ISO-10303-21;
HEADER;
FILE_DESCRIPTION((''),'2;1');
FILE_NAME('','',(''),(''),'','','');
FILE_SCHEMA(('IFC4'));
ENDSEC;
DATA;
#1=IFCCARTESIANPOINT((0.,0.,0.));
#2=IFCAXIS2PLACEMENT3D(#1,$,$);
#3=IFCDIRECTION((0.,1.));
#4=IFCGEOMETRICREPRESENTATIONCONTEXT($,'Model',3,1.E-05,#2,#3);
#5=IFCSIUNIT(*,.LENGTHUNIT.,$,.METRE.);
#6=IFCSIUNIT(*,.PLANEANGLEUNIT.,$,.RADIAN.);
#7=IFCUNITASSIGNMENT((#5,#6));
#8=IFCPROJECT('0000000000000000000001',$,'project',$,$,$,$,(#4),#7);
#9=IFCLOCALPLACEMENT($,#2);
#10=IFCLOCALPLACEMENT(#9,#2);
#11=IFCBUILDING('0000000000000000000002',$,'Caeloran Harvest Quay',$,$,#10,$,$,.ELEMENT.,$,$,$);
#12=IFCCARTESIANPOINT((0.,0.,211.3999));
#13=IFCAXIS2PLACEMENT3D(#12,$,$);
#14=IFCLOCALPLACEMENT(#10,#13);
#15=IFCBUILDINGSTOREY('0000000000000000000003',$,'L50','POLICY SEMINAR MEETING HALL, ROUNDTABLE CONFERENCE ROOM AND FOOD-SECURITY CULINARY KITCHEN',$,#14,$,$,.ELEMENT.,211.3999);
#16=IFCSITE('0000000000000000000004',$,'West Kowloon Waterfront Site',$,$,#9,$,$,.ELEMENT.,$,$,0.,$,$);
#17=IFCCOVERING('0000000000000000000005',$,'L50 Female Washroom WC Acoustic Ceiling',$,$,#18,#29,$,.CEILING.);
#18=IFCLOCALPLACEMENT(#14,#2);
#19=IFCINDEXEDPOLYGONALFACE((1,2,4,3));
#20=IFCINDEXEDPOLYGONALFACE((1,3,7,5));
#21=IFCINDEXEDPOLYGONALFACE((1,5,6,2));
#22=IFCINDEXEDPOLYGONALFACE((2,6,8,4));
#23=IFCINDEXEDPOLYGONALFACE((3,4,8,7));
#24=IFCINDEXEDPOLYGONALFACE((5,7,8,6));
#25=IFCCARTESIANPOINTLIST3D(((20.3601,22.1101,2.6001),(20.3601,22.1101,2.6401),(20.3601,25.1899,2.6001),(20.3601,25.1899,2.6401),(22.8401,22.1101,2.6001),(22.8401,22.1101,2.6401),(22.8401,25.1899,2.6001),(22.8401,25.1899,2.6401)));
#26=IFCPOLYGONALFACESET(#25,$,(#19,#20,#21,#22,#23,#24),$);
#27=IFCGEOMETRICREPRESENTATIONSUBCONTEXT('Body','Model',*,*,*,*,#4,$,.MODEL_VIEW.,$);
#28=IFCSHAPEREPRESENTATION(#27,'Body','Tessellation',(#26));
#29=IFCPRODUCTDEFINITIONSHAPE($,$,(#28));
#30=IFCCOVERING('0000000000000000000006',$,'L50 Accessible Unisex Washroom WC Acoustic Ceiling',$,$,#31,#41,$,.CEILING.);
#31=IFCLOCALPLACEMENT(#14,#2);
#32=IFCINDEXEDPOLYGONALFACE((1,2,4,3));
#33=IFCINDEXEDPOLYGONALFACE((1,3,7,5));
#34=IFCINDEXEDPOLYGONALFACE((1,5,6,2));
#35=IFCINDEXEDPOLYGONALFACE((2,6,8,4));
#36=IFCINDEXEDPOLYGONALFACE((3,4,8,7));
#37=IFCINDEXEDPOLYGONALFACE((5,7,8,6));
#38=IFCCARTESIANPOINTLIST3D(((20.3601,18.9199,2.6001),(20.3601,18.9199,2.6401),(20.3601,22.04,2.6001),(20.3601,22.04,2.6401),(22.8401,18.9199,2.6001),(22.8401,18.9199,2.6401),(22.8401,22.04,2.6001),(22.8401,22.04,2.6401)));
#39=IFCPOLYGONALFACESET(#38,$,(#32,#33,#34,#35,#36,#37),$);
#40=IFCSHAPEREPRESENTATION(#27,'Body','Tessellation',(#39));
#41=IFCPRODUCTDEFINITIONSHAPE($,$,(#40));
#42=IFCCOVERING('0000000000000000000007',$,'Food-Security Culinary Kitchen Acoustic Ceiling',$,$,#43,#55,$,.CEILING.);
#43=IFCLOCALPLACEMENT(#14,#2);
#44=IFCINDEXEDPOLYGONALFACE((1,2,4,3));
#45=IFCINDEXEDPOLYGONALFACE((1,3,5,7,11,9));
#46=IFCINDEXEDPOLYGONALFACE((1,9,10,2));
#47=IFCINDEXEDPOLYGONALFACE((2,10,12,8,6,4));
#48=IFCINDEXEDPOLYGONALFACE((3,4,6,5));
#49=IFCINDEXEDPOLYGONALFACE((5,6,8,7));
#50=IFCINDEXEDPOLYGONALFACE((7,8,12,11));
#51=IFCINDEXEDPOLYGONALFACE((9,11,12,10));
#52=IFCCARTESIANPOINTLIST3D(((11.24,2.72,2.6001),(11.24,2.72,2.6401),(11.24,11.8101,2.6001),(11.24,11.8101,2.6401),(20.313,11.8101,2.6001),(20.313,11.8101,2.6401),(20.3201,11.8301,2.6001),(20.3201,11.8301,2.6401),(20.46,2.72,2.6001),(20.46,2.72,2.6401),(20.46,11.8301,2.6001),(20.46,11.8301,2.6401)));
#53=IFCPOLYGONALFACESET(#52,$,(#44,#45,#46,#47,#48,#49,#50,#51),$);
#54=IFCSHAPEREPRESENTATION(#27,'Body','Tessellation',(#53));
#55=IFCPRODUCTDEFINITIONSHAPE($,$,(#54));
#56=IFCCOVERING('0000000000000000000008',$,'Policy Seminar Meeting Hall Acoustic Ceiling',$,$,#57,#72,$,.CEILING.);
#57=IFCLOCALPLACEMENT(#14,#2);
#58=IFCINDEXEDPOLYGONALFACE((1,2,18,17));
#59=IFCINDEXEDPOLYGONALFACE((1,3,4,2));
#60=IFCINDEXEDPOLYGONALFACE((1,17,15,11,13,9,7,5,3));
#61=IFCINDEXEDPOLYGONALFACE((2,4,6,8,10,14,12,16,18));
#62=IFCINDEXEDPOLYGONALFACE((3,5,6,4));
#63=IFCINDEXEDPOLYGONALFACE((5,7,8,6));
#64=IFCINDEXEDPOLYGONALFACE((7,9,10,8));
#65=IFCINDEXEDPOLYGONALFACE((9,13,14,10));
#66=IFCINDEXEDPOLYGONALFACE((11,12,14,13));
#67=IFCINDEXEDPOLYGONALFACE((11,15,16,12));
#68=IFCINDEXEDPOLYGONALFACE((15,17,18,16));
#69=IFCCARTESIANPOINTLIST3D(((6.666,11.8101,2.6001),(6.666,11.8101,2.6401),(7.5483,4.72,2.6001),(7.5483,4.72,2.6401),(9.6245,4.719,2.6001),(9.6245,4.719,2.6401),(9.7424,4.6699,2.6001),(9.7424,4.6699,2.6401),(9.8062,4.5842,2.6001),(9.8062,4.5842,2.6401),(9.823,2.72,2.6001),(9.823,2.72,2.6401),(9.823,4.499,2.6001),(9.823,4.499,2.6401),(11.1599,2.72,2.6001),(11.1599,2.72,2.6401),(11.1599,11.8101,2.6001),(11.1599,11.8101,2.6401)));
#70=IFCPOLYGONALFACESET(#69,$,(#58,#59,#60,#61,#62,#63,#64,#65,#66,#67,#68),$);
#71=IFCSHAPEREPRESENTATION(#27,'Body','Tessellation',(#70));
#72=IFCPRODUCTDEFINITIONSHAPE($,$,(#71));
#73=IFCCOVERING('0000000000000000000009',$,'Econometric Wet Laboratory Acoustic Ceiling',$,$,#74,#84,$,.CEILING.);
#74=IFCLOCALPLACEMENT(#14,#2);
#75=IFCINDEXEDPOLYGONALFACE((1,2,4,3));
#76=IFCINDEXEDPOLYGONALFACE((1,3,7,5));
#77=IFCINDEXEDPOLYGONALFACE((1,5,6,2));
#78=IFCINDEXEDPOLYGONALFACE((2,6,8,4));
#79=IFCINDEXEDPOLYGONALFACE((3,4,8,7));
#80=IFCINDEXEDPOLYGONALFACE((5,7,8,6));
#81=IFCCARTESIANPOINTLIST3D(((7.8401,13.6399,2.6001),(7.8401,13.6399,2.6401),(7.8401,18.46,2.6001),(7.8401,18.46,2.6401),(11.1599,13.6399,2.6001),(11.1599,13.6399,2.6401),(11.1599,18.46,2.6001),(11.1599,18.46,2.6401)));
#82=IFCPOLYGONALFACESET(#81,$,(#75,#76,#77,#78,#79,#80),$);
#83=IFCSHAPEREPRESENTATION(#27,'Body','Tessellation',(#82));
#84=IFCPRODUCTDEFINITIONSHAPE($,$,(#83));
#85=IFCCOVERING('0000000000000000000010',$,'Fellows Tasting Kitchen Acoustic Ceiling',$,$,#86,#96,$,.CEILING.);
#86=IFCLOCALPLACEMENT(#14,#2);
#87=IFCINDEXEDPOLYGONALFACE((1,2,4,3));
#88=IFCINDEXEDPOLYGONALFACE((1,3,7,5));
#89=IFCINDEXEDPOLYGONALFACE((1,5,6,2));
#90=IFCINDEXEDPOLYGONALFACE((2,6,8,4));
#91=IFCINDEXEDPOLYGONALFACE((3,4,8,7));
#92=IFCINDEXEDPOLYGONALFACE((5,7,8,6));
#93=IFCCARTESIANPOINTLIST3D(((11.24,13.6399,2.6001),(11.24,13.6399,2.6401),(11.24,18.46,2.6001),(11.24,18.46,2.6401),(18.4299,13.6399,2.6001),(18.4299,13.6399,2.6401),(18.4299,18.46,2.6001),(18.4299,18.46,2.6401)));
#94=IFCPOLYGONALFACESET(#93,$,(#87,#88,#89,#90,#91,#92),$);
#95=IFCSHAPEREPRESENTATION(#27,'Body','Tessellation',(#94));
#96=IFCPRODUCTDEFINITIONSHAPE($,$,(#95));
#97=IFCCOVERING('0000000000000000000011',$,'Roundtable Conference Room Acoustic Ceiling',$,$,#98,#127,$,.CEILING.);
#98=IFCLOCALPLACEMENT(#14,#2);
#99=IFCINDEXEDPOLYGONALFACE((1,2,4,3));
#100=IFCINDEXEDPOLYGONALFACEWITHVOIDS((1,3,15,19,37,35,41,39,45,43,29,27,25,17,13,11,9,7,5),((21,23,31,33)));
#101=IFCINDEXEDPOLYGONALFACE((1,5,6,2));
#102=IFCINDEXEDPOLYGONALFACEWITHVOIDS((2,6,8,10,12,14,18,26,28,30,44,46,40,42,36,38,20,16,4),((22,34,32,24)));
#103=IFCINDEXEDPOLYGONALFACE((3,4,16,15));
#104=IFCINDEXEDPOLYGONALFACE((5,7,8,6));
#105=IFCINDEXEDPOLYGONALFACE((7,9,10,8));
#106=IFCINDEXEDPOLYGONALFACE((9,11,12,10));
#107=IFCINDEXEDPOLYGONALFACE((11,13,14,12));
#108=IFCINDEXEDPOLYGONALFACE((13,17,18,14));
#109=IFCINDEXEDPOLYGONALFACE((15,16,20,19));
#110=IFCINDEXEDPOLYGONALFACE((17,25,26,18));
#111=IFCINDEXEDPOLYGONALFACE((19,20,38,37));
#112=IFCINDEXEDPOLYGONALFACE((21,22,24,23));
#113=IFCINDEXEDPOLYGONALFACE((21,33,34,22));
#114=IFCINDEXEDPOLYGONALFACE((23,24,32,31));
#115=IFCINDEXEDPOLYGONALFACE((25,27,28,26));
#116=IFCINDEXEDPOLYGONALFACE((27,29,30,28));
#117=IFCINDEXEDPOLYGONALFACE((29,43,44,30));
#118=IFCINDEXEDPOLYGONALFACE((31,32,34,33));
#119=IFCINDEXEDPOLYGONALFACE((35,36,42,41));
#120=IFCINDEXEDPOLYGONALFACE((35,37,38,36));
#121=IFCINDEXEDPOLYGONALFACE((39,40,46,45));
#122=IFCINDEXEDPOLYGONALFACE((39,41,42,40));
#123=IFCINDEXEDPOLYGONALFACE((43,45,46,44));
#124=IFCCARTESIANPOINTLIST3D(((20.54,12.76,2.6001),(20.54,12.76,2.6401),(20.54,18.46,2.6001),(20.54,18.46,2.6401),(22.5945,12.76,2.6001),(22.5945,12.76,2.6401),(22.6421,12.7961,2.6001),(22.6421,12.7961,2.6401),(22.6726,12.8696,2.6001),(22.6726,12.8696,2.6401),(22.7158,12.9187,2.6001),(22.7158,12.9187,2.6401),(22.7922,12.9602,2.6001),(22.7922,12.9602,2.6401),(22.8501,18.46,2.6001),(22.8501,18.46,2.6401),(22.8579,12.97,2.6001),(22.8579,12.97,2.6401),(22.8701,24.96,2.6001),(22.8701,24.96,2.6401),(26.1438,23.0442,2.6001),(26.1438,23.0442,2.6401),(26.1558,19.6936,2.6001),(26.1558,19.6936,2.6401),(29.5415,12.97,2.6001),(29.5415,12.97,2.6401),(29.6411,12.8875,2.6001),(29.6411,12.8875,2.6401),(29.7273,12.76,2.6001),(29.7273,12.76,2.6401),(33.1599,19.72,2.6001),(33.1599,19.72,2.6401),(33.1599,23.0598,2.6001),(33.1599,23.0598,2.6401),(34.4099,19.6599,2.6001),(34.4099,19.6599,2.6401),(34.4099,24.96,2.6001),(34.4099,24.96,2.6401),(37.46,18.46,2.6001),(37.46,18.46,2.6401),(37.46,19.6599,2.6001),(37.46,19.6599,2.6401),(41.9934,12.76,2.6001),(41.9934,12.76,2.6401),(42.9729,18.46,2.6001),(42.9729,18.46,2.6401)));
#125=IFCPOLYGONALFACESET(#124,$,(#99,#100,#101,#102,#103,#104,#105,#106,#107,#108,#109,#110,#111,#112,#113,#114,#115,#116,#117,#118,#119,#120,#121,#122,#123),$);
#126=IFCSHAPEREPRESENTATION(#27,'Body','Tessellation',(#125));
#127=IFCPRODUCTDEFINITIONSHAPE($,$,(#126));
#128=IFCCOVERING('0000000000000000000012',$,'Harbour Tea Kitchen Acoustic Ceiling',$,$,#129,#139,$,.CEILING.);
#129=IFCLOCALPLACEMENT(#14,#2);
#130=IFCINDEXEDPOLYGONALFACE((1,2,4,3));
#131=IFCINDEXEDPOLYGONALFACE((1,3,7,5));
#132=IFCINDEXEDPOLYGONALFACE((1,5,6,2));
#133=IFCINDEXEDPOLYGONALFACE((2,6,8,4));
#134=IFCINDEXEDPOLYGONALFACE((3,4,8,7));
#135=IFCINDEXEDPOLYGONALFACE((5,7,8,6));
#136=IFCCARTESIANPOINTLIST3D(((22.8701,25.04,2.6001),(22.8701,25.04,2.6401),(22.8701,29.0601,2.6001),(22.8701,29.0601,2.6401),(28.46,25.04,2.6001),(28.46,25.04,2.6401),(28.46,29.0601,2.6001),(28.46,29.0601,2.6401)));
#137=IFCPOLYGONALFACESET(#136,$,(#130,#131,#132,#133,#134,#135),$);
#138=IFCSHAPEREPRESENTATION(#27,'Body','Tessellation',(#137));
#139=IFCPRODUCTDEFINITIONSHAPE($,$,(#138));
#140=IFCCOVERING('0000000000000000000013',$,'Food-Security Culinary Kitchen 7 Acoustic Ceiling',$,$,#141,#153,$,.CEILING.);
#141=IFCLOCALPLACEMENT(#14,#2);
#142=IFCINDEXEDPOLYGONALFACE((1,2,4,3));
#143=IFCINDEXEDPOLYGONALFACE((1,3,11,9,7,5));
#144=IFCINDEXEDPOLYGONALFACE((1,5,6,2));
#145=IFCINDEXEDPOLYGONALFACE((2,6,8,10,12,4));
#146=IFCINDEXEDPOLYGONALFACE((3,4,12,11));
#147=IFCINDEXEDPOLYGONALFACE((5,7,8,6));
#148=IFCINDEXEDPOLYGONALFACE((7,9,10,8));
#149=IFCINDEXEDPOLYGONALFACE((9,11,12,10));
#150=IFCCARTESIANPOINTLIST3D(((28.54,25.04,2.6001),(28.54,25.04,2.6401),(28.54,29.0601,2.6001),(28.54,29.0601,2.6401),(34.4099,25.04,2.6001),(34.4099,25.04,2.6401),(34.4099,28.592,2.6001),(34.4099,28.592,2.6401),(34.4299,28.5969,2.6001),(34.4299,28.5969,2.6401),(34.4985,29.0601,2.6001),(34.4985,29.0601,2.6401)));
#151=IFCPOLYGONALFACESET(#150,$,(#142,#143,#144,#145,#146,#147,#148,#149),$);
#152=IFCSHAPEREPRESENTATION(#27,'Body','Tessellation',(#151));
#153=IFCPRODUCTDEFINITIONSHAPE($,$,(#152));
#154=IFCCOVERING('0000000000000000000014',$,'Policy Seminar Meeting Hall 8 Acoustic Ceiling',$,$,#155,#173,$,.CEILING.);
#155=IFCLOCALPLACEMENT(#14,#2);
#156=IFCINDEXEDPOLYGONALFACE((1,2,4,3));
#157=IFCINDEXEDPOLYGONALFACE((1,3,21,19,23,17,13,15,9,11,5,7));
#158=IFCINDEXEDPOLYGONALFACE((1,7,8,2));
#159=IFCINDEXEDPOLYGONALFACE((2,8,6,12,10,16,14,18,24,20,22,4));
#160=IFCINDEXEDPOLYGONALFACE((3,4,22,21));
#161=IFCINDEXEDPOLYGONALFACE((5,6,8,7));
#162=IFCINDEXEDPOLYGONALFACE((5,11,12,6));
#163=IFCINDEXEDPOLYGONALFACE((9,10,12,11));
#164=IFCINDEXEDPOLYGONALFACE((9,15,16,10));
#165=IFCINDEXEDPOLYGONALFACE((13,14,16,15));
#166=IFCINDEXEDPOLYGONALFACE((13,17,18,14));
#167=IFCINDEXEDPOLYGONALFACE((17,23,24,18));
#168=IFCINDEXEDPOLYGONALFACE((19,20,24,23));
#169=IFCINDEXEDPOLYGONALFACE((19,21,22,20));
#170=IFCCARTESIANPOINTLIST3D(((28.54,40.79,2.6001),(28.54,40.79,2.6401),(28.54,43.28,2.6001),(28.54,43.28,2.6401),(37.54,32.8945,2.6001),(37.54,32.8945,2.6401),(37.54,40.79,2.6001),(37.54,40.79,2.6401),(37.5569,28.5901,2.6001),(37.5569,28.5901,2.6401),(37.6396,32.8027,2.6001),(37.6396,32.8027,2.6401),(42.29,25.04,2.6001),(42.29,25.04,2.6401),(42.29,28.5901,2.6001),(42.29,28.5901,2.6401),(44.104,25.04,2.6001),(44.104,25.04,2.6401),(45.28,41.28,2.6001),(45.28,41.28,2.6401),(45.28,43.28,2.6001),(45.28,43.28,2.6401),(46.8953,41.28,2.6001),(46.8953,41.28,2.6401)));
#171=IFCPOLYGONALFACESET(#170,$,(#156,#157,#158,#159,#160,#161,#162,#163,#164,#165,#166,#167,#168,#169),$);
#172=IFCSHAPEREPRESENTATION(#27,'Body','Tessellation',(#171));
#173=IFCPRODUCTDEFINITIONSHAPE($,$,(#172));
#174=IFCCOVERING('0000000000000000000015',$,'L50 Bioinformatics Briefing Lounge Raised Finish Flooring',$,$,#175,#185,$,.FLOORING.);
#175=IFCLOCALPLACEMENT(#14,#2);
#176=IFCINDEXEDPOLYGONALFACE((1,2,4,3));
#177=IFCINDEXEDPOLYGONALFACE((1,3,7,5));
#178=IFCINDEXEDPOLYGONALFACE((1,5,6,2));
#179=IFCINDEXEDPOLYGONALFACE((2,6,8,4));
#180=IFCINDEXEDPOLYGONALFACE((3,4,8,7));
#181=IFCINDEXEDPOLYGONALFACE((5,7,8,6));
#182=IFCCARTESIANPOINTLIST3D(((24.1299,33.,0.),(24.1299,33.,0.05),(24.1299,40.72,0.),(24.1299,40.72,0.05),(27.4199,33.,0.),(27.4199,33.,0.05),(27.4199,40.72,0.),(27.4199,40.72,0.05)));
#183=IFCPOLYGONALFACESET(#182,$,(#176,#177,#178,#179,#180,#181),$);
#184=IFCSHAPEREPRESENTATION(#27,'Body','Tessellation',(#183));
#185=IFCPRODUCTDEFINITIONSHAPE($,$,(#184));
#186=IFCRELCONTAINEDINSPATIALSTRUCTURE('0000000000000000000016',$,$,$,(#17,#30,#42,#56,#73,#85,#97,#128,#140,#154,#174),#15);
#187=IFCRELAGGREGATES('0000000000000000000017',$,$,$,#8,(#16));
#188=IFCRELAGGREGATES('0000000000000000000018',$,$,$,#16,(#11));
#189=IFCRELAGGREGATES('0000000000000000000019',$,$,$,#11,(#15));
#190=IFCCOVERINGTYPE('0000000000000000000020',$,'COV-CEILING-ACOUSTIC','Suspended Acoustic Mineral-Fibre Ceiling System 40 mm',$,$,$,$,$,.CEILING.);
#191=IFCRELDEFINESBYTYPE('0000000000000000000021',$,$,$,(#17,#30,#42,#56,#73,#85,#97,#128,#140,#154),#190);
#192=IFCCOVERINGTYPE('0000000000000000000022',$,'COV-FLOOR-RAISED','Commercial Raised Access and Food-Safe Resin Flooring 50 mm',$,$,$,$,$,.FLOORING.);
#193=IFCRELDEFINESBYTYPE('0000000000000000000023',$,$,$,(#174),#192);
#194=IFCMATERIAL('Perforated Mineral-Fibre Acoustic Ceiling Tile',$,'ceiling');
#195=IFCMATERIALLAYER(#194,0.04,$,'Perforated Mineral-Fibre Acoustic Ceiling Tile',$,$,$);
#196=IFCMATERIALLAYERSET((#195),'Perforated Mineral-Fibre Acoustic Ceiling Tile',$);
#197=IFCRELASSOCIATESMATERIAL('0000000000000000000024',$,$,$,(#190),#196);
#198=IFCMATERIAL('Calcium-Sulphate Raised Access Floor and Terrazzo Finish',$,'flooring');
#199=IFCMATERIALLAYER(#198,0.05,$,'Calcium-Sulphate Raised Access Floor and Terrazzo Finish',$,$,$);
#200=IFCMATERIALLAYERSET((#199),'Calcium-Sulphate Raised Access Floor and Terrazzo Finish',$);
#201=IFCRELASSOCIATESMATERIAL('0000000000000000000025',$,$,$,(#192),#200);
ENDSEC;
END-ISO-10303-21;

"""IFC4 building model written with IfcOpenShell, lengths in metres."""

from ifc_helpers import new_model, si_unit, direction, frame, origin, place, context, subcontext, project, spatial, polyline, outline, extrude, material, layer, layer_set, type_object, element, save


model = new_model("IFC4")

# Units and contexts
model_context = context("Model", 3, precision=1e-05, world=origin(), true_north=direction((0.0, 1.0)))
body_context = subcontext(model_context, "Body", "Model", "MODEL_VIEW")
ifc_project = project(units=[si_unit("LENGTHUNIT", "METRE"), si_unit("PLANEANGLEUNIT", "RADIAN")], contexts=[model_context])

# Site, building, storey
site_placement = place(None, origin())
site = spatial("IfcSite", under=ifc_project, at=site_placement, Name="West Kowloon Waterfront Site", CompositionType="ELEMENT", RefElevation=0.0)
building_placement = place(site_placement, origin())
building = spatial("IfcBuilding", under=site, at=building_placement, Name="Caeloran Harvest Quay", CompositionType="ELEMENT")
storey_placement = place(building_placement, frame((0.0, 0.0, 211.3999)))
storey = spatial("IfcBuildingStorey", under=building, at=storey_placement, Name="L50", Description="POLICY SEMINAR MEETING HALL, ROUNDTABLE CONFERENCE ROOM AND FOOD-SECURITY CULINARY KITCHEN", CompositionType="ELEMENT", Elevation=211.3999)

# Coverings
ifc_material_1 = material(Name="Perforated Mineral-Fibre Acoustic Ceiling Tile", Category="ceiling")
ifc_layer_1 = layer(ifc_material_1, 0.04, Name="Perforated Mineral-Fibre Acoustic Ceiling Tile")
ifc_layer_set_1 = layer_set([ifc_layer_1], Name="Perforated Mineral-Fibre Acoustic Ceiling Tile")
covering_type_1 = type_object("IfcCoveringType", Name="COV-CEILING-ACOUSTIC", Description="Suspended Acoustic Mineral-Fibre Ceiling System 40 mm", PredefinedType="CEILING", material=ifc_layer_set_1)
covering_1_placement = place(storey_placement, frame((0.0, 0.0, 2.6001)))
element("IfcCovering", 1, at=covering_1_placement, inside=storey, type_object=covering_type_1, Name="L50 Female Washroom WC Acoustic Ceiling", PredefinedType="CEILING", context=body_context, shape_type="SweptSolid", body=[
    extrude(outline(polyline([(22.8401, 25.1899), (22.8401, 22.1101), (20.3601, 22.1101), (20.3601, 25.1899), (22.8401, 25.1899)])), origin(), (0.0, 0.0, 1.0), 0.04),
])
covering_2_placement = place(storey_placement, frame((0.0, 0.0, 2.6001)))
element("IfcCovering", 2, at=covering_2_placement, inside=storey, type_object=covering_type_1, Name="L50 Accessible Unisex Washroom WC Acoustic Ceiling", PredefinedType="CEILING", context=body_context, shape_type="SweptSolid", body=[
    extrude(outline(polyline([(22.8401, 22.04), (22.8401, 18.9199), (20.3601, 18.9199), (20.3601, 22.04), (22.8401, 22.04)])), origin(), (0.0, 0.0, 1.0), 0.04),
])
covering_3_placement = place(storey_placement, frame((0.0, 0.0, 2.6001)))
element("IfcCovering", 3, at=covering_3_placement, inside=storey, type_object=covering_type_1, Name="Food-Security Culinary Kitchen Acoustic Ceiling", PredefinedType="CEILING", context=body_context, shape_type="SweptSolid", body=[
    extrude(outline(polyline([(11.24, 11.8101), (20.313, 11.8101), (20.3201, 11.8301), (20.46, 11.8301), (20.46, 2.72), (11.24, 2.72), (11.24, 11.8101)])), origin(), (0.0, 0.0, 1.0), 0.04),
])
covering_4_placement = place(storey_placement, frame((0.0, 0.0, 2.6001)))
element("IfcCovering", 4, at=covering_4_placement, inside=storey, type_object=covering_type_1, Name="Policy Seminar Meeting Hall Acoustic Ceiling", PredefinedType="CEILING", context=body_context, shape_type="SweptSolid", body=[
    extrude(outline(polyline([(9.8062, 4.5842), (9.7424, 4.6699), (9.6245, 4.719), (7.5483, 4.72), (6.666, 11.8101), (11.1599, 11.8101), (11.1599, 2.72), (9.823, 2.72), (9.823, 4.499), (9.8062, 4.5842)])), origin(), (0.0, 0.0, 1.0), 0.04),
])
covering_5_placement = place(storey_placement, frame((0.0, 0.0, 2.6001)))
element("IfcCovering", 5, at=covering_5_placement, inside=storey, type_object=covering_type_1, Name="Econometric Wet Laboratory Acoustic Ceiling", PredefinedType="CEILING", context=body_context, shape_type="SweptSolid", body=[
    extrude(outline(polyline([(7.8401, 13.6399), (7.8401, 18.46), (11.1599, 18.46), (11.1599, 13.6399), (7.8401, 13.6399)])), origin(), (0.0, 0.0, 1.0), 0.04),
])
covering_6_placement = place(storey_placement, frame((0.0, 0.0, 2.6001)))
element("IfcCovering", 6, at=covering_6_placement, inside=storey, type_object=covering_type_1, Name="Fellows Tasting Kitchen Acoustic Ceiling", PredefinedType="CEILING", context=body_context, shape_type="SweptSolid", body=[
    extrude(outline(polyline([(18.4299, 13.6399), (11.24, 13.6399), (11.24, 18.46), (18.4299, 18.46), (18.4299, 13.6399)])), origin(), (0.0, 0.0, 1.0), 0.04),
])
covering_7_placement = place(storey_placement, frame((0.0, 0.0, 2.6001)))
element("IfcCovering", 7, at=covering_7_placement, inside=storey, type_object=covering_type_1, Name="Roundtable Conference Room Acoustic Ceiling", PredefinedType="CEILING", context=body_context, shape_type="SweptSolid", body=[
    extrude(outline(polyline([(22.5945, 12.76), (20.54, 12.76), (20.54, 18.46), (22.8501, 18.46), (22.8701, 24.96), (34.4099, 24.96), (34.4099, 19.6599), (37.46, 19.6599), (37.46, 18.46), (42.9729, 18.46), (41.9934, 12.76), (29.7273, 12.76), (29.6411, 12.8875), (29.5415, 12.97), (22.8579, 12.97), (22.7922, 12.9602), (22.7158, 12.9187), (22.6726, 12.8696), (22.6421, 12.7961), (22.5945, 12.76)]), holes=[polyline([(33.1599, 19.72), (33.1599, 23.0598), (26.1438, 23.0442), (26.1558, 19.6936), (33.1599, 19.72)])]), origin(), (0.0, 0.0, 1.0), 0.04),
])
covering_8_placement = place(storey_placement, frame((0.0, 0.0, 2.6001)))
element("IfcCovering", 8, at=covering_8_placement, inside=storey, type_object=covering_type_1, Name="Harbour Tea Kitchen Acoustic Ceiling", PredefinedType="CEILING", context=body_context, shape_type="SweptSolid", body=[
    extrude(outline(polyline([(22.8701, 25.04), (22.8701, 29.0601), (28.46, 29.0601), (28.46, 25.04), (22.8701, 25.04)])), origin(), (0.0, 0.0, 1.0), 0.04),
])
covering_9_placement = place(storey_placement, frame((0.0, 0.0, 2.6001)))
element("IfcCovering", 9, at=covering_9_placement, inside=storey, type_object=covering_type_1, Name="Food-Security Culinary Kitchen 7 Acoustic Ceiling", PredefinedType="CEILING", context=body_context, shape_type="SweptSolid", body=[
    extrude(outline(polyline([(34.4099, 28.592), (34.4099, 25.04), (28.54, 25.04), (28.54, 29.0601), (34.4985, 29.0601), (34.4299, 28.5969), (34.4099, 28.592)])), origin(), (0.0, 0.0, 1.0), 0.04),
])
covering_10_placement = place(storey_placement, frame((0.0, 0.0, 2.6001)))
element("IfcCovering", 10, at=covering_10_placement, inside=storey, type_object=covering_type_1, Name="Policy Seminar Meeting Hall 8 Acoustic Ceiling", PredefinedType="CEILING", context=body_context, shape_type="SweptSolid", body=[
    extrude(outline(polyline([(45.28, 41.28), (46.8953, 41.28), (44.104, 25.04), (42.29, 25.04), (42.29, 28.5901), (37.5569, 28.5901), (37.6396, 32.8027), (37.54, 32.8945), (37.54, 40.79), (28.54, 40.79), (28.54, 43.28), (45.28, 43.28), (45.28, 41.28)])), origin(), (0.0, 0.0, 1.0), 0.04),
])
ifc_material_2 = material(Name="Calcium-Sulphate Raised Access Floor and Terrazzo Finish", Category="flooring")
ifc_layer_2 = layer(ifc_material_2, 0.05, Name="Calcium-Sulphate Raised Access Floor and Terrazzo Finish")
ifc_layer_set_2 = layer_set([ifc_layer_2], Name="Calcium-Sulphate Raised Access Floor and Terrazzo Finish")
covering_type_2 = type_object("IfcCoveringType", Name="COV-FLOOR-RAISED", Description="Commercial Raised Access and Food-Safe Resin Flooring 50 mm", PredefinedType="FLOORING", material=ifc_layer_set_2)
covering_11_placement = place(storey_placement, origin())
element("IfcCovering", 11, at=covering_11_placement, inside=storey, type_object=covering_type_2, Name="L50 Bioinformatics Briefing Lounge Raised Finish Flooring", PredefinedType="FLOORING", context=body_context, shape_type="SweptSolid", body=[
    extrude(outline(polyline([(27.4199, 40.72), (27.4199, 33.0), (24.1299, 33.0), (24.1299, 40.72), (27.4199, 40.72)])), origin(), (0.0, 0.0, 1.0), 0.05),
])

save(model, "model.ifc")
